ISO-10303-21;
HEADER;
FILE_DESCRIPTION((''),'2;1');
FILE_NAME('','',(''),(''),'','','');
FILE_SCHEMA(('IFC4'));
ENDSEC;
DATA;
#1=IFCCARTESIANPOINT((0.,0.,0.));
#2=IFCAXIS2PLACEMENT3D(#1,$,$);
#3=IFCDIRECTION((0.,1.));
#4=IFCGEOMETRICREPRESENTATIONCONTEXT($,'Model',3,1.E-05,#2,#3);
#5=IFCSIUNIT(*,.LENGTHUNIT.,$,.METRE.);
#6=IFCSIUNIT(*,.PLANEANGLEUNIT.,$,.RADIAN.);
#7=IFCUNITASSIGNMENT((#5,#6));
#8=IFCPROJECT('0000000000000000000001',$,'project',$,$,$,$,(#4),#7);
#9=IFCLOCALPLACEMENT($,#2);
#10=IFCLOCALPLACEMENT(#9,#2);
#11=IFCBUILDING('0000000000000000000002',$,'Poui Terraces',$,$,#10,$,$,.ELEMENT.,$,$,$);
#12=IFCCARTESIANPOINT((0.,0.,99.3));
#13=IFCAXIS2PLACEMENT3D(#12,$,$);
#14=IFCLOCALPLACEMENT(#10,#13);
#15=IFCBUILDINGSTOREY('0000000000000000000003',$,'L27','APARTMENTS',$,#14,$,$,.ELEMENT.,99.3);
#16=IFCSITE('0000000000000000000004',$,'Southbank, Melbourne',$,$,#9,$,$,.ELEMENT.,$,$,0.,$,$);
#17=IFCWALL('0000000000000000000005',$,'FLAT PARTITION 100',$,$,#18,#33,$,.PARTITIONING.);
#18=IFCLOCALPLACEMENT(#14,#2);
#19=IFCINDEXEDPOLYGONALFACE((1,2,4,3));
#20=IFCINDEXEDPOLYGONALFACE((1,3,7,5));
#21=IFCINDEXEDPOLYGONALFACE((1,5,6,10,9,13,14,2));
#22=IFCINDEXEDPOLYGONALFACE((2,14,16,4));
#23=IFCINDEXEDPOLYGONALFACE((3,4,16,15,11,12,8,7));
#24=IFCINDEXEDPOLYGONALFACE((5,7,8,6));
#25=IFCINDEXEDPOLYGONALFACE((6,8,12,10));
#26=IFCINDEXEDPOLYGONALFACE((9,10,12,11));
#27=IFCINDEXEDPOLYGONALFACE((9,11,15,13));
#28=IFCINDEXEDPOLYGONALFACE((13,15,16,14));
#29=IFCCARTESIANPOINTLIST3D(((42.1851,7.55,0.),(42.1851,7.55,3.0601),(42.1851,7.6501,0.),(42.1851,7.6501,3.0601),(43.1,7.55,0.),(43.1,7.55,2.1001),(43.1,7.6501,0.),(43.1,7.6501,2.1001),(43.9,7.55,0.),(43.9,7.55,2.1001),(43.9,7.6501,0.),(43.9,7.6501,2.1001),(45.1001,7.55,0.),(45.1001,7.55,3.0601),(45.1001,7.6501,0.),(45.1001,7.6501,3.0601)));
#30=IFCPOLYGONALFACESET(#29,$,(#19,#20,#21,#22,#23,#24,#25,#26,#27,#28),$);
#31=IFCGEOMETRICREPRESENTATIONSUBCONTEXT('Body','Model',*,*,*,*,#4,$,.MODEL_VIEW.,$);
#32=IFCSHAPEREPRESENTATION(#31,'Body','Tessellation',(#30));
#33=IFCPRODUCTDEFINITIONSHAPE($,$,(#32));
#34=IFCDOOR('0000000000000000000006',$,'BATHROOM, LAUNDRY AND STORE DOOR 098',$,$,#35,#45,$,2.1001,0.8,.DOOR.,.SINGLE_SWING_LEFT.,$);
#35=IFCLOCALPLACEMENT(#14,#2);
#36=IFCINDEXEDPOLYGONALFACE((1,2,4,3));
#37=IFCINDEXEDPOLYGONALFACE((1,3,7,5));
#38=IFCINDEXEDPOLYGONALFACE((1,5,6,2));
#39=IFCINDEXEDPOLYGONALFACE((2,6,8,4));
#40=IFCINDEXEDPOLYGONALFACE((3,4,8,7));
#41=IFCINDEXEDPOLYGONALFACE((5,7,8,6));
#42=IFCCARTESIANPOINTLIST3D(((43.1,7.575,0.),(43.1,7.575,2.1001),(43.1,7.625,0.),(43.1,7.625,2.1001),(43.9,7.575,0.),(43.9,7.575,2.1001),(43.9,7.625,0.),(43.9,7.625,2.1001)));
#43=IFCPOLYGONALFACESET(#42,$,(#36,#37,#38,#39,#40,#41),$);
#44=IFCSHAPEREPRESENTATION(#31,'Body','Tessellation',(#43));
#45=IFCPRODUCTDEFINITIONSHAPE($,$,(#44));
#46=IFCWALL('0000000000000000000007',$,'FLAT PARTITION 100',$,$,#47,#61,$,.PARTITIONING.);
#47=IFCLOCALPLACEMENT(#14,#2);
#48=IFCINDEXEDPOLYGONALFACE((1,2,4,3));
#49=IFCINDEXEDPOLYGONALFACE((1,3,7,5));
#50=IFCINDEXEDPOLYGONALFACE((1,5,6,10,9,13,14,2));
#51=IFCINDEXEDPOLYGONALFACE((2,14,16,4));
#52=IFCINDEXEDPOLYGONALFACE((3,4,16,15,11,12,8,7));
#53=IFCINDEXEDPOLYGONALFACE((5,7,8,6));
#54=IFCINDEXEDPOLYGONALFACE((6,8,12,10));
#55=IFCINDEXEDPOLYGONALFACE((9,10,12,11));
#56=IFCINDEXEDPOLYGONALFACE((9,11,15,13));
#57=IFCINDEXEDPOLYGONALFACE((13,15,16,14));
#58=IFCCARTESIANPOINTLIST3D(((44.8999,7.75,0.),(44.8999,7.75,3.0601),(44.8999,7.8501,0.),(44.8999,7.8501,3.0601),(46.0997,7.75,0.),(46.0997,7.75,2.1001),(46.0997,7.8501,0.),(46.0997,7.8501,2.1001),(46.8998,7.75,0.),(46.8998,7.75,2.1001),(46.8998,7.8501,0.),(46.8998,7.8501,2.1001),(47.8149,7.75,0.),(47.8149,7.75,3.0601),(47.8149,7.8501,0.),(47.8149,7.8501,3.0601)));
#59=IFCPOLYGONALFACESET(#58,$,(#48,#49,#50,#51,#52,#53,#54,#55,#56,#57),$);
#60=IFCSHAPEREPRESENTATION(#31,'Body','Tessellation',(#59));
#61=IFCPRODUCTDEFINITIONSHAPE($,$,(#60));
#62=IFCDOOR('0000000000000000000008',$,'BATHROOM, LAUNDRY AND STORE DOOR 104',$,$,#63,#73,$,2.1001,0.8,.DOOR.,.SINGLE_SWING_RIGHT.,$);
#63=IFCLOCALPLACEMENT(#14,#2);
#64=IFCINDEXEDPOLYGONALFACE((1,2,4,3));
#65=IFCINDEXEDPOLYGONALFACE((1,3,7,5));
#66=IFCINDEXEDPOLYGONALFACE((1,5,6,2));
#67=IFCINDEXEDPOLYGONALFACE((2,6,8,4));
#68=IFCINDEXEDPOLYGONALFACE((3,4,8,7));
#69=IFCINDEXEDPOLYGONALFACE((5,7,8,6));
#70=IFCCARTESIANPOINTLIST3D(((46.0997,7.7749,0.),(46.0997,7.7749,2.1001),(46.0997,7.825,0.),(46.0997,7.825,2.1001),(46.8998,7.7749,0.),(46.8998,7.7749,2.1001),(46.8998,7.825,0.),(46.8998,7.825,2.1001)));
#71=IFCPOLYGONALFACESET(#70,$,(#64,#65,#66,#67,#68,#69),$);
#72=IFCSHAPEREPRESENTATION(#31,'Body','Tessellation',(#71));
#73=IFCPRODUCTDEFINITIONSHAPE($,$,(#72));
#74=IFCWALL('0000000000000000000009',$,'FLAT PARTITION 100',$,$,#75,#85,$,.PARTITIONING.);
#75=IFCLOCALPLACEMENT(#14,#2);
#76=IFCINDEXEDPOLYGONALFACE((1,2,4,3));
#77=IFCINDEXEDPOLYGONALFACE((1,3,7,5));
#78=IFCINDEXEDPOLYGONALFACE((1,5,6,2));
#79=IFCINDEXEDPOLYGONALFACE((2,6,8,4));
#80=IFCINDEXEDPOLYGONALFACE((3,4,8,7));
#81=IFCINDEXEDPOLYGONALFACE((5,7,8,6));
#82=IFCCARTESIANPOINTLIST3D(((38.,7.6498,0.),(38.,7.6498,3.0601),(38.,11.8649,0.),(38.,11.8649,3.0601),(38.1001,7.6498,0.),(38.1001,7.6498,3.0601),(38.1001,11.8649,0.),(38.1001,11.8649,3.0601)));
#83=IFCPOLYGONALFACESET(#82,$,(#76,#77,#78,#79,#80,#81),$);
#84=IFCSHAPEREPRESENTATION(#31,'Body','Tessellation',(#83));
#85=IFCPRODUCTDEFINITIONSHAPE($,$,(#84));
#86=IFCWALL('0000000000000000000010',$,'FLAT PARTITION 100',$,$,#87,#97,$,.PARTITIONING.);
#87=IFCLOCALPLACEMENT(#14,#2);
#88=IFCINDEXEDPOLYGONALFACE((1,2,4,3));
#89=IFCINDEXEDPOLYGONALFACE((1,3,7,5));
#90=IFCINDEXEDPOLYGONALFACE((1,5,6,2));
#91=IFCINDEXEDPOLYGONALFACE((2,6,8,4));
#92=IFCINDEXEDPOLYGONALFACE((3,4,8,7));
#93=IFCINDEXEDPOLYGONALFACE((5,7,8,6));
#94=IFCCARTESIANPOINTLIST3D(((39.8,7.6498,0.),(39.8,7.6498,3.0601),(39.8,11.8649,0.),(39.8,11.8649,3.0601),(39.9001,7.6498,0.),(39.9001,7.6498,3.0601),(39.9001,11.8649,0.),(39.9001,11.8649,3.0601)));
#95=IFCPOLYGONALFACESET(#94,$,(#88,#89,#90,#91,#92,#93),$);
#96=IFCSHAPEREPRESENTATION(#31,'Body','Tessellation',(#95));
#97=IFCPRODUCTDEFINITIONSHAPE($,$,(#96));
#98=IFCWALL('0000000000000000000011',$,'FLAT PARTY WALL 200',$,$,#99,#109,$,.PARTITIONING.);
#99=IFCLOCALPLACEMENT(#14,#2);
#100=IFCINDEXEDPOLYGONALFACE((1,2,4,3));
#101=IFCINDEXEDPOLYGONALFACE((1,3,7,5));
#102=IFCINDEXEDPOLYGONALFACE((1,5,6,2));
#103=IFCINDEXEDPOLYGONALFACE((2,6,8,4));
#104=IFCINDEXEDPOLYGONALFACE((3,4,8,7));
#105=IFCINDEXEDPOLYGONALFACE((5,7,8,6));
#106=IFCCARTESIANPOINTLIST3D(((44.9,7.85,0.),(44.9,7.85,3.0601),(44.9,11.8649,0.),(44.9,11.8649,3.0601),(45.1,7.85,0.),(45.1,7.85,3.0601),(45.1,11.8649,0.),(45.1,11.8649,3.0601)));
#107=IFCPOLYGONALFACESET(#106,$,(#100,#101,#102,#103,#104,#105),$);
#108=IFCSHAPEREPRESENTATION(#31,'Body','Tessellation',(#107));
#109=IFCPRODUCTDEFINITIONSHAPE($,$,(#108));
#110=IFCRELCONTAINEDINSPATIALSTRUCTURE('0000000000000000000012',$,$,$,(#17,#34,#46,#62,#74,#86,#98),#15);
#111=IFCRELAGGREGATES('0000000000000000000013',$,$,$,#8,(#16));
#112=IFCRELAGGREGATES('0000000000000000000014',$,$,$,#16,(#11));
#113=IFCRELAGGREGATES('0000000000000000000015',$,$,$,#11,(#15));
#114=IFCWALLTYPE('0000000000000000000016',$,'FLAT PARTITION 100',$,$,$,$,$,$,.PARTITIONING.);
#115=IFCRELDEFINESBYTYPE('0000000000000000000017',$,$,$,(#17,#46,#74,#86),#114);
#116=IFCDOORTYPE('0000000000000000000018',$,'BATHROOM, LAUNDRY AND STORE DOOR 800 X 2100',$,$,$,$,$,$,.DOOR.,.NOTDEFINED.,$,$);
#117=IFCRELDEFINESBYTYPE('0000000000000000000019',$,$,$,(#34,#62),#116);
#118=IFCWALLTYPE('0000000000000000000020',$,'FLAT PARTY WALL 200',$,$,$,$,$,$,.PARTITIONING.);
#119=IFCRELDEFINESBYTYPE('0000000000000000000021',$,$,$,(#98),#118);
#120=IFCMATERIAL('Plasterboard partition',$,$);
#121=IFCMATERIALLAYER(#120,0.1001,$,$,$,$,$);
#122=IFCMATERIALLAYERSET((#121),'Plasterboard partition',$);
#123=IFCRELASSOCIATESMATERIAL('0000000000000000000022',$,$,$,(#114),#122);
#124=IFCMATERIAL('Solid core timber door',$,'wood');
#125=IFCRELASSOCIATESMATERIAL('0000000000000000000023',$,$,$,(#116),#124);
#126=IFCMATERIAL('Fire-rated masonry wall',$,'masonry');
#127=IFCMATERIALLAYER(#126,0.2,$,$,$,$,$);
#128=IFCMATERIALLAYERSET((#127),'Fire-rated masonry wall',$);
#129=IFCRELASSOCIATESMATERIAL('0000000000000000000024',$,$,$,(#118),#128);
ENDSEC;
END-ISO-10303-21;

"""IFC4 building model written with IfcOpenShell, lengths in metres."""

from ifc_helpers import new_model, si_unit, direction, frame, frame_2d, origin, place, context, subcontext, project, spatial, rectangle, extrude, material, layer, layer_set, type_object, element, fill, save


model = new_model("IFC4")

# Units and contexts
model_context = context("Model", 3, precision=1e-05, world=origin(), true_north=direction((0.0, 1.0)))
body_context = subcontext(model_context, "Body", "Model", "MODEL_VIEW")
ifc_project = project(units=[si_unit("LENGTHUNIT", "METRE"), si_unit("PLANEANGLEUNIT", "RADIAN")], contexts=[model_context])

# Site, building, storey
site_placement = place(None, origin())
site = spatial("IfcSite", under=ifc_project, at=site_placement, Name="Southbank, Melbourne", CompositionType="ELEMENT", RefElevation=0.0)
building_placement = place(site_placement, origin())
building = spatial("IfcBuilding", under=site, at=building_placement, Name="Poui Terraces", CompositionType="ELEMENT")
storey_placement = place(building_placement, frame((0.0, 0.0, 99.3)))
storey = spatial("IfcBuildingStorey", under=building, at=storey_placement, Name="L27", Description="APARTMENTS", CompositionType="ELEMENT", Elevation=99.3)

# Walls, openings, doors
ifc_material_1 = material(Name="Plasterboard partition")
ifc_layer_1 = layer(ifc_material_1, 0.1001)
ifc_layer_set_1 = layer_set([ifc_layer_1], Name="Plasterboard partition")
wall_type_1 = type_object("IfcWallType", Name="FLAT PARTITION 100", PredefinedType="PARTITIONING", material=ifc_layer_set_1)
ifc_material_2 = material(Name="Solid core timber door", Category="wood")
door_type_1 = type_object("IfcDoorType", Name="BATHROOM, LAUNDRY AND STORE DOOR 800 X 2100", OperationType="NOTDEFINED", PredefinedType="DOOR", material=ifc_material_2)
wall_1_placement = place(storey_placement, frame((42.1851, 7.6001, 0.0), z_axis=(0.0, 0.0, 1.0), x_axis=(1.0, 0.0, 0.0)))
wall_1 = element("IfcWall", 1, at=wall_1_placement, inside=storey, type_object=wall_type_1, Name="FLAT PARTITION 100", PredefinedType="PARTITIONING", context=body_context, shape_type="SweptSolid", body=[
    extrude(rectangle(XDim=2.915, YDim=0.1001, at=frame_2d((1.4575, 0.0))), origin(), (0.0, 0.0, 1.0), 3.0601),
])
opening_1_placement = place(wall_1_placement, frame((0.915, 0.0, 0.0)))
opening_1 = element("IfcOpeningElement", 2, at=opening_1_placement, cuts=wall_1, PredefinedType="OPENING", context=body_context, shape_type="SweptSolid", body=[
    extrude(rectangle(XDim=0.8, YDim=2.1001, at=frame_2d((0.3999, 1.05))), frame((0.0, 0.0601, 0.0), z_axis=(0.0, -1.0, 0.0), x_axis=(1.0, 0.0, 0.0)), (0.0, 0.0, 1.0), 0.1201),
])
door_1_placement = place(opening_1_placement, origin())
door_1 = element("IfcDoor", 3, at=door_1_placement, inside=storey, type_object=door_type_1, Name="BATHROOM, LAUNDRY AND STORE DOOR 098", OperationType="SINGLE_SWING_LEFT", OverallHeight=2.1001, OverallWidth=0.8, PredefinedType="DOOR", context=body_context, shape_type="SweptSolid", body=[
    extrude(rectangle(XDim=0.8, YDim=2.1001, at=frame_2d((0.3999, 1.05))), frame((0.0, 0.0249, 0.0), z_axis=(0.0, -1.0, 0.0), x_axis=(1.0, 0.0, 0.0)), (0.0, 0.0, 1.0), 0.05),
])
fill(opening_1, door_1)
wall_2_placement = place(storey_placement, frame((44.8999, 7.8, 0.0), z_axis=(0.0, 0.0, 1.0), x_axis=(1.0, 0.0, 0.0)))
wall_2 = element("IfcWall", 4, at=wall_2_placement, inside=storey, type_object=wall_type_1, Name="FLAT PARTITION 100", PredefinedType="PARTITIONING", context=body_context, shape_type="SweptSolid", body=[
    extrude(rectangle(XDim=2.915, YDim=0.1001, at=frame_2d((1.4575, 0.0))), origin(), (0.0, 0.0, 1.0), 3.0601),
])
opening_2_placement = place(wall_2_placement, frame((1.2, 0.0, 0.0)))
opening_2 = element("IfcOpeningElement", 5, at=opening_2_placement, cuts=wall_2, PredefinedType="OPENING", context=body_context, shape_type="SweptSolid", body=[
    extrude(rectangle(XDim=0.8, YDim=2.1001, at=frame_2d((0.3999, 1.05))), frame((0.0, 0.0601, 0.0), z_axis=(0.0, -1.0, 0.0), x_axis=(1.0, 0.0, 0.0)), (0.0, 0.0, 1.0), 0.1201),
])
door_2_placement = place(opening_2_placement, origin())
door_2 = element("IfcDoor", 6, at=door_2_placement, inside=storey, type_object=door_type_1, Name="BATHROOM, LAUNDRY AND STORE DOOR 104", OperationType="SINGLE_SWING_RIGHT", OverallHeight=2.1001, OverallWidth=0.8, PredefinedType="DOOR", context=body_context, shape_type="SweptSolid", body=[
    extrude(rectangle(XDim=0.8, YDim=2.1001, at=frame_2d((0.3999, 1.05))), frame((0.0, 0.0249, 0.0), z_axis=(0.0, -1.0, 0.0), x_axis=(1.0, 0.0, 0.0)), (0.0, 0.0, 1.0), 0.05),
])
fill(opening_2, door_2)

# Walls
for number, where, z_axis, x_axis, name in (
    (7, (38.05, 7.6499, 0.0), (0.0, 0.0, 1.0), (0.0, 1.0, 0.0), "FLAT PARTITION 100"),
    (8, (39.8501, 7.6499, 0.0), (0.0, 0.0, 1.0), (0.0, 1.0, 0.0), "FLAT PARTITION 100"),
):
    element("IfcWall", number, at=place(storey_placement, frame(where, z_axis=z_axis, x_axis=x_axis)), inside=storey, type_object=wall_type_1, Name=name, PredefinedType="PARTITIONING", context=body_context, shape_type="SweptSolid", body=[
        extrude(rectangle(XDim=4.2151, YDim=0.1001, at=frame_2d((2.1074, 0.0))), origin(), (0.0, 0.0, 1.0), 3.0601),
    ])
ifc_material_3 = material(Name="Fire-rated masonry wall", Category="masonry")
ifc_layer_2 = layer(ifc_material_3, 0.2)
ifc_layer_set_2 = layer_set([ifc_layer_2], Name="Fire-rated masonry wall")
wall_type_2 = type_object("IfcWallType", Name="FLAT PARTY WALL 200", PredefinedType="PARTITIONING", material=ifc_layer_set_2)
wall_3_placement = place(storey_placement, frame((45.0, 7.8501, 0.0), z_axis=(0.0, 0.0, 1.0), x_axis=(0.0, 1.0, 0.0)))
element("IfcWall", 9, at=wall_3_placement, inside=storey, type_object=wall_type_2, Name="FLAT PARTY WALL 200", PredefinedType="PARTITIONING", context=body_context, shape_type="SweptSolid", body=[
    extrude(rectangle(XDim=4.0149, YDim=0.2, at=frame_2d((2.0073, 0.0))), origin(), (0.0, 0.0, 1.0), 3.0601),
])

save(model, "model.ifc")
